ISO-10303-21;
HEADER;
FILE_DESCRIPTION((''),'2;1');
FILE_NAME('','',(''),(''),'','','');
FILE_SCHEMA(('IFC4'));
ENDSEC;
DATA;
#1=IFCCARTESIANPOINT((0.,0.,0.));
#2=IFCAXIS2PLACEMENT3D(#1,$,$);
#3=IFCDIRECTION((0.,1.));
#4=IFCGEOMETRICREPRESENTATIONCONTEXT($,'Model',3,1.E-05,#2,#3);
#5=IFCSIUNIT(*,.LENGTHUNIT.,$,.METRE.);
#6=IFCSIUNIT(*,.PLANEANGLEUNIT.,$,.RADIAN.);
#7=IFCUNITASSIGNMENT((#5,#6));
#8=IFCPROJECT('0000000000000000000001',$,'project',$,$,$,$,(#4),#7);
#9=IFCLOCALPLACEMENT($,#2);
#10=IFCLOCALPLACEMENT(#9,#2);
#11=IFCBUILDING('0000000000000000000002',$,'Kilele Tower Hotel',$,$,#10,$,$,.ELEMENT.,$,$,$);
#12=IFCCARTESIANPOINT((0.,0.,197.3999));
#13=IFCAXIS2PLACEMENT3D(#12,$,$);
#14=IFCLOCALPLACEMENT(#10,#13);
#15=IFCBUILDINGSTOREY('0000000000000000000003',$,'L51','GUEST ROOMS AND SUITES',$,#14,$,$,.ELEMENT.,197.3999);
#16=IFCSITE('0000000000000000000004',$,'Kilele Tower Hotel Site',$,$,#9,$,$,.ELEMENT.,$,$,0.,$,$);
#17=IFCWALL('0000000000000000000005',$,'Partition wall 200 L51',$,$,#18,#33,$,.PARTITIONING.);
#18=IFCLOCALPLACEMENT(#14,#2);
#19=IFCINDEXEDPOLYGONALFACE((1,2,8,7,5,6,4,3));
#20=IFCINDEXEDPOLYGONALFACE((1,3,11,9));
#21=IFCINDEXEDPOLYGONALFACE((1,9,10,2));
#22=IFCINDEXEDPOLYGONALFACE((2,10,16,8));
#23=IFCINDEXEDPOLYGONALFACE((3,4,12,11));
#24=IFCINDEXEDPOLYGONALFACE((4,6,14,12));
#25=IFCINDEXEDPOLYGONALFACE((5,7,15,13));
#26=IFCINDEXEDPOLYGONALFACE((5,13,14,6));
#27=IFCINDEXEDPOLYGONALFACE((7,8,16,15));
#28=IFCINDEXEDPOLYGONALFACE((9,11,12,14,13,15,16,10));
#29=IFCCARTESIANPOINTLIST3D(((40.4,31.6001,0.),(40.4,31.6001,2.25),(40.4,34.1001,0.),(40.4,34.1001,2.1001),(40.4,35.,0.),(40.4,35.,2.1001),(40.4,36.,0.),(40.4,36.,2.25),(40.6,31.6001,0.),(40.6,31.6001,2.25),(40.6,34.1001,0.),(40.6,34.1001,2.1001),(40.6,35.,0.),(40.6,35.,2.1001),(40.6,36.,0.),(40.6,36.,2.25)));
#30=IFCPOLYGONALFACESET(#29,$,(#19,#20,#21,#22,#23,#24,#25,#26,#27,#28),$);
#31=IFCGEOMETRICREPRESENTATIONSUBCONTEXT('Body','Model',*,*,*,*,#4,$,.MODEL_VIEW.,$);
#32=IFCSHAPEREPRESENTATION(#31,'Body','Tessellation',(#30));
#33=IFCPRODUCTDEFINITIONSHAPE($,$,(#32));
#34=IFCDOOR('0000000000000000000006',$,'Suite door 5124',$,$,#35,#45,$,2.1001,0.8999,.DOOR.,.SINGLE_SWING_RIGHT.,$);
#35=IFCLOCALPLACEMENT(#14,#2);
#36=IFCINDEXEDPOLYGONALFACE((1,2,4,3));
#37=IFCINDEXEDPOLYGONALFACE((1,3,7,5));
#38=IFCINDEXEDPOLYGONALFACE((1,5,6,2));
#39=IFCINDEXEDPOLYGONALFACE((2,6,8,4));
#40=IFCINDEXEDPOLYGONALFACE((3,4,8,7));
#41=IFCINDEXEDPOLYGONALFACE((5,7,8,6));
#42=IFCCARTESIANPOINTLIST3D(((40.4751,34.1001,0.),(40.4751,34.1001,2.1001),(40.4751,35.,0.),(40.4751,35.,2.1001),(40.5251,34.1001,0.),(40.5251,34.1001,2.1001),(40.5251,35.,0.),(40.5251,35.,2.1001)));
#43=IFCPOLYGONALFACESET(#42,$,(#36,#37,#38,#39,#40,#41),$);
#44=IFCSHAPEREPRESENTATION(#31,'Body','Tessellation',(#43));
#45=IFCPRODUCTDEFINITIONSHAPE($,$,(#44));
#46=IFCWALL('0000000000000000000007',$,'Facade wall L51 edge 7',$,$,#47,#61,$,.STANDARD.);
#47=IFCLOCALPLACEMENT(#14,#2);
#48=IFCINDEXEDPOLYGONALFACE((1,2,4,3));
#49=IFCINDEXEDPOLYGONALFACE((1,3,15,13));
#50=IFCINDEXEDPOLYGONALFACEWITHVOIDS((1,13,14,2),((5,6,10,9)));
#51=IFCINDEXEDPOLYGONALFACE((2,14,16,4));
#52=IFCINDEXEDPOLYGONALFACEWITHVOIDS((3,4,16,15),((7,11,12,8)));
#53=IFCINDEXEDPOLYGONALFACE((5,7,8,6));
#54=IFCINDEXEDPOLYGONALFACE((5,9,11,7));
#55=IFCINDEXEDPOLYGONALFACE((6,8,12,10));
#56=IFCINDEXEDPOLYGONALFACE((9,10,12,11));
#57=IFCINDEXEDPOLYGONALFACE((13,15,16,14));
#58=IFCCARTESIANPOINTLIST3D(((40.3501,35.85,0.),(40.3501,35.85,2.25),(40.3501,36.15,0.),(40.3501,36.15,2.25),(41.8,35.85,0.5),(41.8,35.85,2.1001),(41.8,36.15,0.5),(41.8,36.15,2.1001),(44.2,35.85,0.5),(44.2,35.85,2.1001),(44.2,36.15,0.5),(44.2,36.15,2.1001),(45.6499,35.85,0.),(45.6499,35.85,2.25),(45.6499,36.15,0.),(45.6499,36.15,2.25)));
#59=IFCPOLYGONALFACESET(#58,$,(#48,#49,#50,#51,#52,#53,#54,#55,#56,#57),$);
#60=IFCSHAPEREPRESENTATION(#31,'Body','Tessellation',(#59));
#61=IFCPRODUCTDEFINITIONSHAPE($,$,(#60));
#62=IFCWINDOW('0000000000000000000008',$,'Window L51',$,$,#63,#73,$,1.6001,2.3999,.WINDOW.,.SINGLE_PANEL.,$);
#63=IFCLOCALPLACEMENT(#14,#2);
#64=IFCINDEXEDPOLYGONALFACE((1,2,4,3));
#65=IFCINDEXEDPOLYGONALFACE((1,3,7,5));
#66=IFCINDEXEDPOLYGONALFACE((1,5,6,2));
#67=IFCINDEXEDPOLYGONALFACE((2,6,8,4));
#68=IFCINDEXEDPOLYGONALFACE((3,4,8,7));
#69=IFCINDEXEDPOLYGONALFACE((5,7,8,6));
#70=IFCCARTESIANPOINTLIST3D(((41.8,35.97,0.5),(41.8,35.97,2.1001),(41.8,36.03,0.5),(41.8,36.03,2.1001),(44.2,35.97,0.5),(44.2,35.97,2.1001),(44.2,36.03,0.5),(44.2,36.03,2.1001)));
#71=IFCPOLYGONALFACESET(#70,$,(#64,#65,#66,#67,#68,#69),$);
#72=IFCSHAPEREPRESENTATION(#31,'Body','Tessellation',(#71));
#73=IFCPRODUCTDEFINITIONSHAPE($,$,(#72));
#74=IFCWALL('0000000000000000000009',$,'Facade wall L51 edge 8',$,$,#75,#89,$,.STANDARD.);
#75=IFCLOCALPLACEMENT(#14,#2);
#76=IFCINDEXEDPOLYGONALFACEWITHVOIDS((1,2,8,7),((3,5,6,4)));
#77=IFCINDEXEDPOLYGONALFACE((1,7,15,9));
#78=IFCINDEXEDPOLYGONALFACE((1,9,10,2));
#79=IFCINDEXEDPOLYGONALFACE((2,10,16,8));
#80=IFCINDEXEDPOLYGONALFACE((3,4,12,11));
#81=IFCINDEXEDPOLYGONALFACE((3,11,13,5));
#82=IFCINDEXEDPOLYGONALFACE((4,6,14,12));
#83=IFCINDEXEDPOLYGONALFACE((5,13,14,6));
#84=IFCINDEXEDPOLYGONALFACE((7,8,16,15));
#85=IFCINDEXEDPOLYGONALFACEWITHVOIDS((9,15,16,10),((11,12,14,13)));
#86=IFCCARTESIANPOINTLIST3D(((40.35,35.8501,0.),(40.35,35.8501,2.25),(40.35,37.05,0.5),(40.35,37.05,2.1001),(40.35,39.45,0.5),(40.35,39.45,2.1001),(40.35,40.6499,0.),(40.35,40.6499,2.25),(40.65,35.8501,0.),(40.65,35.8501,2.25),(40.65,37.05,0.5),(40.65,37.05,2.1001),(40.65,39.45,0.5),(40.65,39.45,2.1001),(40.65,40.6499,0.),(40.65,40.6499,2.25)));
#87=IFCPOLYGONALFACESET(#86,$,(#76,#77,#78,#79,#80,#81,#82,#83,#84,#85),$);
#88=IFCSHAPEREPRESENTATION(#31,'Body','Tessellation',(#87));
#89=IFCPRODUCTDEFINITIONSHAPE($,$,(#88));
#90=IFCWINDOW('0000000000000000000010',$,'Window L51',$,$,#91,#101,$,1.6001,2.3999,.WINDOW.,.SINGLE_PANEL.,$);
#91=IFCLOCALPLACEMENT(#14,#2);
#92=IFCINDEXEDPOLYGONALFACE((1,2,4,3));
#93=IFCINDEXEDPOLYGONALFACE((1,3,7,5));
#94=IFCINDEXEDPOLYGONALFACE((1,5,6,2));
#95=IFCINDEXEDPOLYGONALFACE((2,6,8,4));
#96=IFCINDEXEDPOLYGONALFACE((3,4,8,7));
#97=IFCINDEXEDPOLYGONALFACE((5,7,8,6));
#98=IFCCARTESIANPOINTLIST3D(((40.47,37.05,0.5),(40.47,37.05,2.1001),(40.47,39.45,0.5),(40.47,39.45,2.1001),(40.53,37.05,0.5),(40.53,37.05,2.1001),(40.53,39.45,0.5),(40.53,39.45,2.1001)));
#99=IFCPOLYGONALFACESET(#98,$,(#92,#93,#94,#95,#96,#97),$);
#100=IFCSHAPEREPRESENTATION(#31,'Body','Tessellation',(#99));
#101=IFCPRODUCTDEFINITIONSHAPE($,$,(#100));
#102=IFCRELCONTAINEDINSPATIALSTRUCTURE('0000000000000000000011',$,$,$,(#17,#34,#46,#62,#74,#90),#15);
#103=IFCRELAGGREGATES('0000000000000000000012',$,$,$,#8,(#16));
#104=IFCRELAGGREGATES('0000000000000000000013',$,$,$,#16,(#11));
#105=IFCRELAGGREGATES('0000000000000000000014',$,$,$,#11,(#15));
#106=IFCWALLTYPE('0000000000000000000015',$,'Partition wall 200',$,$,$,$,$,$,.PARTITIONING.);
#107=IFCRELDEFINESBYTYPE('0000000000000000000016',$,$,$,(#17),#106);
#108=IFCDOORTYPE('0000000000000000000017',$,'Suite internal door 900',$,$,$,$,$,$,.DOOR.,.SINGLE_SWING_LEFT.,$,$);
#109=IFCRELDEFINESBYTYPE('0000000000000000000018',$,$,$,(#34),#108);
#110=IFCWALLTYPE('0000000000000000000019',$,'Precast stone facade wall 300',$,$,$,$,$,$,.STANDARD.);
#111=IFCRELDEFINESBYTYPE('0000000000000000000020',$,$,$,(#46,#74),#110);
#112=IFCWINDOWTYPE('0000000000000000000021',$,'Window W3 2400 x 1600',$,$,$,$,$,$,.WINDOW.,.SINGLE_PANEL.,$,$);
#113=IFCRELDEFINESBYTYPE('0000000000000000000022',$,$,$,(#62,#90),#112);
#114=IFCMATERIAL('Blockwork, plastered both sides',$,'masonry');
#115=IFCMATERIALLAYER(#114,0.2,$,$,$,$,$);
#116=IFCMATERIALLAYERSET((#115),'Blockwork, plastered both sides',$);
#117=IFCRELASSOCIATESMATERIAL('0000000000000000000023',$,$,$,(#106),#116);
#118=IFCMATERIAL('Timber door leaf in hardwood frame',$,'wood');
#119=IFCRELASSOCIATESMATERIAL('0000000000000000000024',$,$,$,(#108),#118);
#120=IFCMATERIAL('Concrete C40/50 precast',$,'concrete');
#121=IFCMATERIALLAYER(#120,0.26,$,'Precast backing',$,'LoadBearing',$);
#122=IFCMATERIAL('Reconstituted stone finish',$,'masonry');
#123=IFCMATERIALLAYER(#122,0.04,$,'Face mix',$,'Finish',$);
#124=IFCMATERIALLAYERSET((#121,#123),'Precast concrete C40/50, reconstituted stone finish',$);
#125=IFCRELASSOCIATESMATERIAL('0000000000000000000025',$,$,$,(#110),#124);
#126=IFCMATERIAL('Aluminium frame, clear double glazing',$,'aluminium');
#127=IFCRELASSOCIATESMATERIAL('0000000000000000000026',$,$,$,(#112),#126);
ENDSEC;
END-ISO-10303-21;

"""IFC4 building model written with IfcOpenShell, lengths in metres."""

from ifc_helpers import new_model, si_unit, direction, frame, frame_2d, origin, place, context, subcontext, project, spatial, rectangle, extrude, material, layer, layer_set, type_object, element, fill, save


model = new_model("IFC4")

# Units and contexts
model_context = context("Model", 3, precision=1e-05, world=origin(), true_north=direction((0.0, 1.0)))
body_context = subcontext(model_context, "Body", "Model", "MODEL_VIEW")
ifc_project = project(units=[si_unit("LENGTHUNIT", "METRE"), si_unit("PLANEANGLEUNIT", "RADIAN")], contexts=[model_context])

# Site, building, storey
site_placement = place(None, origin())
site = spatial("IfcSite", under=ifc_project, at=site_placement, Name="Kilele Tower Hotel Site", CompositionType="ELEMENT", RefElevation=0.0)
building_placement = place(site_placement, origin())
building = spatial("IfcBuilding", under=site, at=building_placement, Name="Kilele Tower Hotel", CompositionType="ELEMENT")
storey_placement = place(building_placement, frame((0.0, 0.0, 197.3999)))
storey = spatial("IfcBuildingStorey", under=building, at=storey_placement, Name="L51", Description="GUEST ROOMS AND SUITES", CompositionType="ELEMENT", Elevation=197.3999)

# Wall, opening, door
ifc_material_1 = material(Name="Blockwork, plastered both sides", Category="masonry")
ifc_layer_1 = layer(ifc_material_1, 0.2)
ifc_layer_set_1 = layer_set([ifc_layer_1], Name="Blockwork, plastered both sides")
wall_type_1 = type_object("IfcWallType", Name="Partition wall 200", PredefinedType="PARTITIONING", material=ifc_layer_set_1)
wall_1_placement = place(storey_placement, frame((40.5, 31.6001, 0.0), z_axis=(0.0, 0.0, 1.0), x_axis=(0.0, 1.0, 0.0)))
wall_1 = element("IfcWall", 1, at=wall_1_placement, inside=storey, type_object=wall_type_1, Name="Partition wall 200 L51", PredefinedType="PARTITIONING", context=body_context, shape_type="SweptSolid", body=[
    extrude(rectangle(XDim=4.3999, YDim=0.2, at=frame_2d((2.2, 0.0))), origin(), (0.0, 0.0, 1.0), 2.25),
])
opening_1_placement = place(wall_1_placement, frame((2.5, 0.0, 0.0)))
opening_1 = element("IfcOpeningElement", 2, at=opening_1_placement, cuts=wall_1, PredefinedType="OPENING", context=body_context, shape_type="SweptSolid", body=[
    extrude(rectangle(XDim=0.8999, YDim=2.1001, at=frame_2d((0.45, 1.05))), frame((0.0, 0.1099, 0.0), z_axis=(0.0, -1.0, 0.0), x_axis=(1.0, 0.0, 0.0)), (0.0, 0.0, 1.0), 0.22),
])
ifc_material_2 = material(Name="Timber door leaf in hardwood frame", Category="wood")
door_type_1 = type_object("IfcDoorType", Name="Suite internal door 900", OperationType="SINGLE_SWING_LEFT", PredefinedType="DOOR", material=ifc_material_2)
door_1_placement = place(opening_1_placement, origin())
door_1 = element("IfcDoor", 3, at=door_1_placement, inside=storey, type_object=door_type_1, Name="Suite door 5124", OperationType="SINGLE_SWING_RIGHT", OverallHeight=2.1001, OverallWidth=0.8999, PredefinedType="DOOR", context=body_context, shape_type="SweptSolid", body=[
    extrude(rectangle(XDim=0.8999, YDim=2.1001, at=frame_2d((0.45, 1.05))), frame((0.0, 0.0249, 0.0), z_axis=(0.0, -1.0, 0.0), x_axis=(1.0, 0.0, 0.0)), (0.0, 0.0, 1.0), 0.05),
])
fill(opening_1, door_1)

# Walls, openings, windows
ifc_material_3 = material(Name="Concrete C40/50 precast", Category="concrete")
ifc_layer_2 = layer(ifc_material_3, 0.26, Name="Precast backing", Category="LoadBearing")
ifc_material_4 = material(Name="Reconstituted stone finish", Category="masonry")
ifc_layer_3 = layer(ifc_material_4, 0.04, Name="Face mix", Category="Finish")
ifc_layer_set_2 = layer_set([ifc_layer_2, ifc_layer_3], Name="Precast concrete C40/50, reconstituted stone finish")
wall_type_2 = type_object("IfcWallType", Name="Precast stone facade wall 300", PredefinedType="STANDARD", material=ifc_layer_set_2)
wall_2_placement = place(storey_placement, frame((45.6499, 36.0, 0.0), z_axis=(0.0, 0.0, 1.0), x_axis=(-1.0, 0.0, 0.0)))
wall_2 = element("IfcWall", 4, at=wall_2_placement, inside=storey, type_object=wall_type_2, Name="Facade wall L51 edge 7", PredefinedType="STANDARD", context=body_context, shape_type="SweptSolid", body=[
    extrude(rectangle(XDim=5.2998, YDim=0.3, at=frame_2d((2.6499, 0.0))), origin(), (0.0, 0.0, 1.0), 2.25),
])
opening_2_placement = place(wall_2_placement, frame((1.45, 0.0, 0.5)))
opening_2 = element("IfcOpeningElement", 5, at=opening_2_placement, cuts=wall_2, PredefinedType="OPENING", context=body_context, shape_type="SweptSolid", body=[
    extrude(rectangle(XDim=2.3999, YDim=1.6001, at=frame_2d((1.2, 0.8))), frame((0.0, 0.1599, 0.0), z_axis=(0.0, -1.0, 0.0), x_axis=(1.0, 0.0, 0.0)), (0.0, 0.0, 1.0), 0.3201),
])
ifc_material_5 = material(Name="Aluminium frame, clear double glazing", Category="aluminium")
window_type = type_object("IfcWindowType", Name="Window W3 2400 x 1600", PartitioningType="SINGLE_PANEL", PredefinedType="WINDOW", material=ifc_material_5)
window_1_placement = place(opening_2_placement, origin())
window_1 = element("IfcWindow", 6, at=window_1_placement, inside=storey, type_object=window_type, Name="Window L51", OverallHeight=1.6001, OverallWidth=2.3999, PartitioningType="SINGLE_PANEL", PredefinedType="WINDOW", context=body_context, shape_type="SweptSolid", body=[
    extrude(rectangle(XDim=2.3999, YDim=1.6001, at=frame_2d((1.2, 0.8))), frame((0.0, 0.03, 0.0), z_axis=(0.0, -1.0, 0.0), x_axis=(1.0, 0.0, 0.0)), (0.0, 0.0, 1.0), 0.0601),
])
fill(opening_2, window_1)
wall_3_placement = place(storey_placement, frame((40.5, 35.8501, 0.0), z_axis=(0.0, 0.0, 1.0), x_axis=(0.0, 1.0, 0.0)))
wall_3 = element("IfcWall", 7, at=wall_3_placement, inside=storey, type_object=wall_type_2, Name="Facade wall L51 edge 8", PredefinedType="STANDARD", context=body_context, shape_type="SweptSolid", body=[
    extrude(rectangle(XDim=4.7998, YDim=0.3, at=frame_2d((2.3999, 0.0))), origin(), (0.0, 0.0, 1.0), 2.25),
])
opening_3_placement = place(wall_3_placement, frame((1.2, 0.0, 0.5)))
opening_3 = element("IfcOpeningElement", 8, at=opening_3_placement, cuts=wall_3, PredefinedType="OPENING", context=body_context, shape_type="SweptSolid", body=[
    extrude(rectangle(XDim=2.3999, YDim=1.6001, at=frame_2d((1.2, 0.8))), frame((0.0, 0.1599, 0.0), z_axis=(0.0, -1.0, 0.0), x_axis=(1.0, 0.0, 0.0)), (0.0, 0.0, 1.0), 0.3201),
])
window_2_placement = place(opening_3_placement, origin())
window_2 = element("IfcWindow", 9, at=window_2_placement, inside=storey, type_object=window_type, Name="Window L51", OverallHeight=1.6001, OverallWidth=2.3999, PartitioningType="SINGLE_PANEL", PredefinedType="WINDOW", context=body_context, shape_type="SweptSolid", body=[
    extrude(rectangle(XDim=2.3999, YDim=1.6001, at=frame_2d((1.2, 0.8))), frame((0.0, 0.03, 0.0), z_axis=(0.0, -1.0, 0.0), x_axis=(1.0, 0.0, 0.0)), (0.0, 0.0, 1.0), 0.0601),
])
fill(opening_3, window_2)

save(model, "model.ifc")
